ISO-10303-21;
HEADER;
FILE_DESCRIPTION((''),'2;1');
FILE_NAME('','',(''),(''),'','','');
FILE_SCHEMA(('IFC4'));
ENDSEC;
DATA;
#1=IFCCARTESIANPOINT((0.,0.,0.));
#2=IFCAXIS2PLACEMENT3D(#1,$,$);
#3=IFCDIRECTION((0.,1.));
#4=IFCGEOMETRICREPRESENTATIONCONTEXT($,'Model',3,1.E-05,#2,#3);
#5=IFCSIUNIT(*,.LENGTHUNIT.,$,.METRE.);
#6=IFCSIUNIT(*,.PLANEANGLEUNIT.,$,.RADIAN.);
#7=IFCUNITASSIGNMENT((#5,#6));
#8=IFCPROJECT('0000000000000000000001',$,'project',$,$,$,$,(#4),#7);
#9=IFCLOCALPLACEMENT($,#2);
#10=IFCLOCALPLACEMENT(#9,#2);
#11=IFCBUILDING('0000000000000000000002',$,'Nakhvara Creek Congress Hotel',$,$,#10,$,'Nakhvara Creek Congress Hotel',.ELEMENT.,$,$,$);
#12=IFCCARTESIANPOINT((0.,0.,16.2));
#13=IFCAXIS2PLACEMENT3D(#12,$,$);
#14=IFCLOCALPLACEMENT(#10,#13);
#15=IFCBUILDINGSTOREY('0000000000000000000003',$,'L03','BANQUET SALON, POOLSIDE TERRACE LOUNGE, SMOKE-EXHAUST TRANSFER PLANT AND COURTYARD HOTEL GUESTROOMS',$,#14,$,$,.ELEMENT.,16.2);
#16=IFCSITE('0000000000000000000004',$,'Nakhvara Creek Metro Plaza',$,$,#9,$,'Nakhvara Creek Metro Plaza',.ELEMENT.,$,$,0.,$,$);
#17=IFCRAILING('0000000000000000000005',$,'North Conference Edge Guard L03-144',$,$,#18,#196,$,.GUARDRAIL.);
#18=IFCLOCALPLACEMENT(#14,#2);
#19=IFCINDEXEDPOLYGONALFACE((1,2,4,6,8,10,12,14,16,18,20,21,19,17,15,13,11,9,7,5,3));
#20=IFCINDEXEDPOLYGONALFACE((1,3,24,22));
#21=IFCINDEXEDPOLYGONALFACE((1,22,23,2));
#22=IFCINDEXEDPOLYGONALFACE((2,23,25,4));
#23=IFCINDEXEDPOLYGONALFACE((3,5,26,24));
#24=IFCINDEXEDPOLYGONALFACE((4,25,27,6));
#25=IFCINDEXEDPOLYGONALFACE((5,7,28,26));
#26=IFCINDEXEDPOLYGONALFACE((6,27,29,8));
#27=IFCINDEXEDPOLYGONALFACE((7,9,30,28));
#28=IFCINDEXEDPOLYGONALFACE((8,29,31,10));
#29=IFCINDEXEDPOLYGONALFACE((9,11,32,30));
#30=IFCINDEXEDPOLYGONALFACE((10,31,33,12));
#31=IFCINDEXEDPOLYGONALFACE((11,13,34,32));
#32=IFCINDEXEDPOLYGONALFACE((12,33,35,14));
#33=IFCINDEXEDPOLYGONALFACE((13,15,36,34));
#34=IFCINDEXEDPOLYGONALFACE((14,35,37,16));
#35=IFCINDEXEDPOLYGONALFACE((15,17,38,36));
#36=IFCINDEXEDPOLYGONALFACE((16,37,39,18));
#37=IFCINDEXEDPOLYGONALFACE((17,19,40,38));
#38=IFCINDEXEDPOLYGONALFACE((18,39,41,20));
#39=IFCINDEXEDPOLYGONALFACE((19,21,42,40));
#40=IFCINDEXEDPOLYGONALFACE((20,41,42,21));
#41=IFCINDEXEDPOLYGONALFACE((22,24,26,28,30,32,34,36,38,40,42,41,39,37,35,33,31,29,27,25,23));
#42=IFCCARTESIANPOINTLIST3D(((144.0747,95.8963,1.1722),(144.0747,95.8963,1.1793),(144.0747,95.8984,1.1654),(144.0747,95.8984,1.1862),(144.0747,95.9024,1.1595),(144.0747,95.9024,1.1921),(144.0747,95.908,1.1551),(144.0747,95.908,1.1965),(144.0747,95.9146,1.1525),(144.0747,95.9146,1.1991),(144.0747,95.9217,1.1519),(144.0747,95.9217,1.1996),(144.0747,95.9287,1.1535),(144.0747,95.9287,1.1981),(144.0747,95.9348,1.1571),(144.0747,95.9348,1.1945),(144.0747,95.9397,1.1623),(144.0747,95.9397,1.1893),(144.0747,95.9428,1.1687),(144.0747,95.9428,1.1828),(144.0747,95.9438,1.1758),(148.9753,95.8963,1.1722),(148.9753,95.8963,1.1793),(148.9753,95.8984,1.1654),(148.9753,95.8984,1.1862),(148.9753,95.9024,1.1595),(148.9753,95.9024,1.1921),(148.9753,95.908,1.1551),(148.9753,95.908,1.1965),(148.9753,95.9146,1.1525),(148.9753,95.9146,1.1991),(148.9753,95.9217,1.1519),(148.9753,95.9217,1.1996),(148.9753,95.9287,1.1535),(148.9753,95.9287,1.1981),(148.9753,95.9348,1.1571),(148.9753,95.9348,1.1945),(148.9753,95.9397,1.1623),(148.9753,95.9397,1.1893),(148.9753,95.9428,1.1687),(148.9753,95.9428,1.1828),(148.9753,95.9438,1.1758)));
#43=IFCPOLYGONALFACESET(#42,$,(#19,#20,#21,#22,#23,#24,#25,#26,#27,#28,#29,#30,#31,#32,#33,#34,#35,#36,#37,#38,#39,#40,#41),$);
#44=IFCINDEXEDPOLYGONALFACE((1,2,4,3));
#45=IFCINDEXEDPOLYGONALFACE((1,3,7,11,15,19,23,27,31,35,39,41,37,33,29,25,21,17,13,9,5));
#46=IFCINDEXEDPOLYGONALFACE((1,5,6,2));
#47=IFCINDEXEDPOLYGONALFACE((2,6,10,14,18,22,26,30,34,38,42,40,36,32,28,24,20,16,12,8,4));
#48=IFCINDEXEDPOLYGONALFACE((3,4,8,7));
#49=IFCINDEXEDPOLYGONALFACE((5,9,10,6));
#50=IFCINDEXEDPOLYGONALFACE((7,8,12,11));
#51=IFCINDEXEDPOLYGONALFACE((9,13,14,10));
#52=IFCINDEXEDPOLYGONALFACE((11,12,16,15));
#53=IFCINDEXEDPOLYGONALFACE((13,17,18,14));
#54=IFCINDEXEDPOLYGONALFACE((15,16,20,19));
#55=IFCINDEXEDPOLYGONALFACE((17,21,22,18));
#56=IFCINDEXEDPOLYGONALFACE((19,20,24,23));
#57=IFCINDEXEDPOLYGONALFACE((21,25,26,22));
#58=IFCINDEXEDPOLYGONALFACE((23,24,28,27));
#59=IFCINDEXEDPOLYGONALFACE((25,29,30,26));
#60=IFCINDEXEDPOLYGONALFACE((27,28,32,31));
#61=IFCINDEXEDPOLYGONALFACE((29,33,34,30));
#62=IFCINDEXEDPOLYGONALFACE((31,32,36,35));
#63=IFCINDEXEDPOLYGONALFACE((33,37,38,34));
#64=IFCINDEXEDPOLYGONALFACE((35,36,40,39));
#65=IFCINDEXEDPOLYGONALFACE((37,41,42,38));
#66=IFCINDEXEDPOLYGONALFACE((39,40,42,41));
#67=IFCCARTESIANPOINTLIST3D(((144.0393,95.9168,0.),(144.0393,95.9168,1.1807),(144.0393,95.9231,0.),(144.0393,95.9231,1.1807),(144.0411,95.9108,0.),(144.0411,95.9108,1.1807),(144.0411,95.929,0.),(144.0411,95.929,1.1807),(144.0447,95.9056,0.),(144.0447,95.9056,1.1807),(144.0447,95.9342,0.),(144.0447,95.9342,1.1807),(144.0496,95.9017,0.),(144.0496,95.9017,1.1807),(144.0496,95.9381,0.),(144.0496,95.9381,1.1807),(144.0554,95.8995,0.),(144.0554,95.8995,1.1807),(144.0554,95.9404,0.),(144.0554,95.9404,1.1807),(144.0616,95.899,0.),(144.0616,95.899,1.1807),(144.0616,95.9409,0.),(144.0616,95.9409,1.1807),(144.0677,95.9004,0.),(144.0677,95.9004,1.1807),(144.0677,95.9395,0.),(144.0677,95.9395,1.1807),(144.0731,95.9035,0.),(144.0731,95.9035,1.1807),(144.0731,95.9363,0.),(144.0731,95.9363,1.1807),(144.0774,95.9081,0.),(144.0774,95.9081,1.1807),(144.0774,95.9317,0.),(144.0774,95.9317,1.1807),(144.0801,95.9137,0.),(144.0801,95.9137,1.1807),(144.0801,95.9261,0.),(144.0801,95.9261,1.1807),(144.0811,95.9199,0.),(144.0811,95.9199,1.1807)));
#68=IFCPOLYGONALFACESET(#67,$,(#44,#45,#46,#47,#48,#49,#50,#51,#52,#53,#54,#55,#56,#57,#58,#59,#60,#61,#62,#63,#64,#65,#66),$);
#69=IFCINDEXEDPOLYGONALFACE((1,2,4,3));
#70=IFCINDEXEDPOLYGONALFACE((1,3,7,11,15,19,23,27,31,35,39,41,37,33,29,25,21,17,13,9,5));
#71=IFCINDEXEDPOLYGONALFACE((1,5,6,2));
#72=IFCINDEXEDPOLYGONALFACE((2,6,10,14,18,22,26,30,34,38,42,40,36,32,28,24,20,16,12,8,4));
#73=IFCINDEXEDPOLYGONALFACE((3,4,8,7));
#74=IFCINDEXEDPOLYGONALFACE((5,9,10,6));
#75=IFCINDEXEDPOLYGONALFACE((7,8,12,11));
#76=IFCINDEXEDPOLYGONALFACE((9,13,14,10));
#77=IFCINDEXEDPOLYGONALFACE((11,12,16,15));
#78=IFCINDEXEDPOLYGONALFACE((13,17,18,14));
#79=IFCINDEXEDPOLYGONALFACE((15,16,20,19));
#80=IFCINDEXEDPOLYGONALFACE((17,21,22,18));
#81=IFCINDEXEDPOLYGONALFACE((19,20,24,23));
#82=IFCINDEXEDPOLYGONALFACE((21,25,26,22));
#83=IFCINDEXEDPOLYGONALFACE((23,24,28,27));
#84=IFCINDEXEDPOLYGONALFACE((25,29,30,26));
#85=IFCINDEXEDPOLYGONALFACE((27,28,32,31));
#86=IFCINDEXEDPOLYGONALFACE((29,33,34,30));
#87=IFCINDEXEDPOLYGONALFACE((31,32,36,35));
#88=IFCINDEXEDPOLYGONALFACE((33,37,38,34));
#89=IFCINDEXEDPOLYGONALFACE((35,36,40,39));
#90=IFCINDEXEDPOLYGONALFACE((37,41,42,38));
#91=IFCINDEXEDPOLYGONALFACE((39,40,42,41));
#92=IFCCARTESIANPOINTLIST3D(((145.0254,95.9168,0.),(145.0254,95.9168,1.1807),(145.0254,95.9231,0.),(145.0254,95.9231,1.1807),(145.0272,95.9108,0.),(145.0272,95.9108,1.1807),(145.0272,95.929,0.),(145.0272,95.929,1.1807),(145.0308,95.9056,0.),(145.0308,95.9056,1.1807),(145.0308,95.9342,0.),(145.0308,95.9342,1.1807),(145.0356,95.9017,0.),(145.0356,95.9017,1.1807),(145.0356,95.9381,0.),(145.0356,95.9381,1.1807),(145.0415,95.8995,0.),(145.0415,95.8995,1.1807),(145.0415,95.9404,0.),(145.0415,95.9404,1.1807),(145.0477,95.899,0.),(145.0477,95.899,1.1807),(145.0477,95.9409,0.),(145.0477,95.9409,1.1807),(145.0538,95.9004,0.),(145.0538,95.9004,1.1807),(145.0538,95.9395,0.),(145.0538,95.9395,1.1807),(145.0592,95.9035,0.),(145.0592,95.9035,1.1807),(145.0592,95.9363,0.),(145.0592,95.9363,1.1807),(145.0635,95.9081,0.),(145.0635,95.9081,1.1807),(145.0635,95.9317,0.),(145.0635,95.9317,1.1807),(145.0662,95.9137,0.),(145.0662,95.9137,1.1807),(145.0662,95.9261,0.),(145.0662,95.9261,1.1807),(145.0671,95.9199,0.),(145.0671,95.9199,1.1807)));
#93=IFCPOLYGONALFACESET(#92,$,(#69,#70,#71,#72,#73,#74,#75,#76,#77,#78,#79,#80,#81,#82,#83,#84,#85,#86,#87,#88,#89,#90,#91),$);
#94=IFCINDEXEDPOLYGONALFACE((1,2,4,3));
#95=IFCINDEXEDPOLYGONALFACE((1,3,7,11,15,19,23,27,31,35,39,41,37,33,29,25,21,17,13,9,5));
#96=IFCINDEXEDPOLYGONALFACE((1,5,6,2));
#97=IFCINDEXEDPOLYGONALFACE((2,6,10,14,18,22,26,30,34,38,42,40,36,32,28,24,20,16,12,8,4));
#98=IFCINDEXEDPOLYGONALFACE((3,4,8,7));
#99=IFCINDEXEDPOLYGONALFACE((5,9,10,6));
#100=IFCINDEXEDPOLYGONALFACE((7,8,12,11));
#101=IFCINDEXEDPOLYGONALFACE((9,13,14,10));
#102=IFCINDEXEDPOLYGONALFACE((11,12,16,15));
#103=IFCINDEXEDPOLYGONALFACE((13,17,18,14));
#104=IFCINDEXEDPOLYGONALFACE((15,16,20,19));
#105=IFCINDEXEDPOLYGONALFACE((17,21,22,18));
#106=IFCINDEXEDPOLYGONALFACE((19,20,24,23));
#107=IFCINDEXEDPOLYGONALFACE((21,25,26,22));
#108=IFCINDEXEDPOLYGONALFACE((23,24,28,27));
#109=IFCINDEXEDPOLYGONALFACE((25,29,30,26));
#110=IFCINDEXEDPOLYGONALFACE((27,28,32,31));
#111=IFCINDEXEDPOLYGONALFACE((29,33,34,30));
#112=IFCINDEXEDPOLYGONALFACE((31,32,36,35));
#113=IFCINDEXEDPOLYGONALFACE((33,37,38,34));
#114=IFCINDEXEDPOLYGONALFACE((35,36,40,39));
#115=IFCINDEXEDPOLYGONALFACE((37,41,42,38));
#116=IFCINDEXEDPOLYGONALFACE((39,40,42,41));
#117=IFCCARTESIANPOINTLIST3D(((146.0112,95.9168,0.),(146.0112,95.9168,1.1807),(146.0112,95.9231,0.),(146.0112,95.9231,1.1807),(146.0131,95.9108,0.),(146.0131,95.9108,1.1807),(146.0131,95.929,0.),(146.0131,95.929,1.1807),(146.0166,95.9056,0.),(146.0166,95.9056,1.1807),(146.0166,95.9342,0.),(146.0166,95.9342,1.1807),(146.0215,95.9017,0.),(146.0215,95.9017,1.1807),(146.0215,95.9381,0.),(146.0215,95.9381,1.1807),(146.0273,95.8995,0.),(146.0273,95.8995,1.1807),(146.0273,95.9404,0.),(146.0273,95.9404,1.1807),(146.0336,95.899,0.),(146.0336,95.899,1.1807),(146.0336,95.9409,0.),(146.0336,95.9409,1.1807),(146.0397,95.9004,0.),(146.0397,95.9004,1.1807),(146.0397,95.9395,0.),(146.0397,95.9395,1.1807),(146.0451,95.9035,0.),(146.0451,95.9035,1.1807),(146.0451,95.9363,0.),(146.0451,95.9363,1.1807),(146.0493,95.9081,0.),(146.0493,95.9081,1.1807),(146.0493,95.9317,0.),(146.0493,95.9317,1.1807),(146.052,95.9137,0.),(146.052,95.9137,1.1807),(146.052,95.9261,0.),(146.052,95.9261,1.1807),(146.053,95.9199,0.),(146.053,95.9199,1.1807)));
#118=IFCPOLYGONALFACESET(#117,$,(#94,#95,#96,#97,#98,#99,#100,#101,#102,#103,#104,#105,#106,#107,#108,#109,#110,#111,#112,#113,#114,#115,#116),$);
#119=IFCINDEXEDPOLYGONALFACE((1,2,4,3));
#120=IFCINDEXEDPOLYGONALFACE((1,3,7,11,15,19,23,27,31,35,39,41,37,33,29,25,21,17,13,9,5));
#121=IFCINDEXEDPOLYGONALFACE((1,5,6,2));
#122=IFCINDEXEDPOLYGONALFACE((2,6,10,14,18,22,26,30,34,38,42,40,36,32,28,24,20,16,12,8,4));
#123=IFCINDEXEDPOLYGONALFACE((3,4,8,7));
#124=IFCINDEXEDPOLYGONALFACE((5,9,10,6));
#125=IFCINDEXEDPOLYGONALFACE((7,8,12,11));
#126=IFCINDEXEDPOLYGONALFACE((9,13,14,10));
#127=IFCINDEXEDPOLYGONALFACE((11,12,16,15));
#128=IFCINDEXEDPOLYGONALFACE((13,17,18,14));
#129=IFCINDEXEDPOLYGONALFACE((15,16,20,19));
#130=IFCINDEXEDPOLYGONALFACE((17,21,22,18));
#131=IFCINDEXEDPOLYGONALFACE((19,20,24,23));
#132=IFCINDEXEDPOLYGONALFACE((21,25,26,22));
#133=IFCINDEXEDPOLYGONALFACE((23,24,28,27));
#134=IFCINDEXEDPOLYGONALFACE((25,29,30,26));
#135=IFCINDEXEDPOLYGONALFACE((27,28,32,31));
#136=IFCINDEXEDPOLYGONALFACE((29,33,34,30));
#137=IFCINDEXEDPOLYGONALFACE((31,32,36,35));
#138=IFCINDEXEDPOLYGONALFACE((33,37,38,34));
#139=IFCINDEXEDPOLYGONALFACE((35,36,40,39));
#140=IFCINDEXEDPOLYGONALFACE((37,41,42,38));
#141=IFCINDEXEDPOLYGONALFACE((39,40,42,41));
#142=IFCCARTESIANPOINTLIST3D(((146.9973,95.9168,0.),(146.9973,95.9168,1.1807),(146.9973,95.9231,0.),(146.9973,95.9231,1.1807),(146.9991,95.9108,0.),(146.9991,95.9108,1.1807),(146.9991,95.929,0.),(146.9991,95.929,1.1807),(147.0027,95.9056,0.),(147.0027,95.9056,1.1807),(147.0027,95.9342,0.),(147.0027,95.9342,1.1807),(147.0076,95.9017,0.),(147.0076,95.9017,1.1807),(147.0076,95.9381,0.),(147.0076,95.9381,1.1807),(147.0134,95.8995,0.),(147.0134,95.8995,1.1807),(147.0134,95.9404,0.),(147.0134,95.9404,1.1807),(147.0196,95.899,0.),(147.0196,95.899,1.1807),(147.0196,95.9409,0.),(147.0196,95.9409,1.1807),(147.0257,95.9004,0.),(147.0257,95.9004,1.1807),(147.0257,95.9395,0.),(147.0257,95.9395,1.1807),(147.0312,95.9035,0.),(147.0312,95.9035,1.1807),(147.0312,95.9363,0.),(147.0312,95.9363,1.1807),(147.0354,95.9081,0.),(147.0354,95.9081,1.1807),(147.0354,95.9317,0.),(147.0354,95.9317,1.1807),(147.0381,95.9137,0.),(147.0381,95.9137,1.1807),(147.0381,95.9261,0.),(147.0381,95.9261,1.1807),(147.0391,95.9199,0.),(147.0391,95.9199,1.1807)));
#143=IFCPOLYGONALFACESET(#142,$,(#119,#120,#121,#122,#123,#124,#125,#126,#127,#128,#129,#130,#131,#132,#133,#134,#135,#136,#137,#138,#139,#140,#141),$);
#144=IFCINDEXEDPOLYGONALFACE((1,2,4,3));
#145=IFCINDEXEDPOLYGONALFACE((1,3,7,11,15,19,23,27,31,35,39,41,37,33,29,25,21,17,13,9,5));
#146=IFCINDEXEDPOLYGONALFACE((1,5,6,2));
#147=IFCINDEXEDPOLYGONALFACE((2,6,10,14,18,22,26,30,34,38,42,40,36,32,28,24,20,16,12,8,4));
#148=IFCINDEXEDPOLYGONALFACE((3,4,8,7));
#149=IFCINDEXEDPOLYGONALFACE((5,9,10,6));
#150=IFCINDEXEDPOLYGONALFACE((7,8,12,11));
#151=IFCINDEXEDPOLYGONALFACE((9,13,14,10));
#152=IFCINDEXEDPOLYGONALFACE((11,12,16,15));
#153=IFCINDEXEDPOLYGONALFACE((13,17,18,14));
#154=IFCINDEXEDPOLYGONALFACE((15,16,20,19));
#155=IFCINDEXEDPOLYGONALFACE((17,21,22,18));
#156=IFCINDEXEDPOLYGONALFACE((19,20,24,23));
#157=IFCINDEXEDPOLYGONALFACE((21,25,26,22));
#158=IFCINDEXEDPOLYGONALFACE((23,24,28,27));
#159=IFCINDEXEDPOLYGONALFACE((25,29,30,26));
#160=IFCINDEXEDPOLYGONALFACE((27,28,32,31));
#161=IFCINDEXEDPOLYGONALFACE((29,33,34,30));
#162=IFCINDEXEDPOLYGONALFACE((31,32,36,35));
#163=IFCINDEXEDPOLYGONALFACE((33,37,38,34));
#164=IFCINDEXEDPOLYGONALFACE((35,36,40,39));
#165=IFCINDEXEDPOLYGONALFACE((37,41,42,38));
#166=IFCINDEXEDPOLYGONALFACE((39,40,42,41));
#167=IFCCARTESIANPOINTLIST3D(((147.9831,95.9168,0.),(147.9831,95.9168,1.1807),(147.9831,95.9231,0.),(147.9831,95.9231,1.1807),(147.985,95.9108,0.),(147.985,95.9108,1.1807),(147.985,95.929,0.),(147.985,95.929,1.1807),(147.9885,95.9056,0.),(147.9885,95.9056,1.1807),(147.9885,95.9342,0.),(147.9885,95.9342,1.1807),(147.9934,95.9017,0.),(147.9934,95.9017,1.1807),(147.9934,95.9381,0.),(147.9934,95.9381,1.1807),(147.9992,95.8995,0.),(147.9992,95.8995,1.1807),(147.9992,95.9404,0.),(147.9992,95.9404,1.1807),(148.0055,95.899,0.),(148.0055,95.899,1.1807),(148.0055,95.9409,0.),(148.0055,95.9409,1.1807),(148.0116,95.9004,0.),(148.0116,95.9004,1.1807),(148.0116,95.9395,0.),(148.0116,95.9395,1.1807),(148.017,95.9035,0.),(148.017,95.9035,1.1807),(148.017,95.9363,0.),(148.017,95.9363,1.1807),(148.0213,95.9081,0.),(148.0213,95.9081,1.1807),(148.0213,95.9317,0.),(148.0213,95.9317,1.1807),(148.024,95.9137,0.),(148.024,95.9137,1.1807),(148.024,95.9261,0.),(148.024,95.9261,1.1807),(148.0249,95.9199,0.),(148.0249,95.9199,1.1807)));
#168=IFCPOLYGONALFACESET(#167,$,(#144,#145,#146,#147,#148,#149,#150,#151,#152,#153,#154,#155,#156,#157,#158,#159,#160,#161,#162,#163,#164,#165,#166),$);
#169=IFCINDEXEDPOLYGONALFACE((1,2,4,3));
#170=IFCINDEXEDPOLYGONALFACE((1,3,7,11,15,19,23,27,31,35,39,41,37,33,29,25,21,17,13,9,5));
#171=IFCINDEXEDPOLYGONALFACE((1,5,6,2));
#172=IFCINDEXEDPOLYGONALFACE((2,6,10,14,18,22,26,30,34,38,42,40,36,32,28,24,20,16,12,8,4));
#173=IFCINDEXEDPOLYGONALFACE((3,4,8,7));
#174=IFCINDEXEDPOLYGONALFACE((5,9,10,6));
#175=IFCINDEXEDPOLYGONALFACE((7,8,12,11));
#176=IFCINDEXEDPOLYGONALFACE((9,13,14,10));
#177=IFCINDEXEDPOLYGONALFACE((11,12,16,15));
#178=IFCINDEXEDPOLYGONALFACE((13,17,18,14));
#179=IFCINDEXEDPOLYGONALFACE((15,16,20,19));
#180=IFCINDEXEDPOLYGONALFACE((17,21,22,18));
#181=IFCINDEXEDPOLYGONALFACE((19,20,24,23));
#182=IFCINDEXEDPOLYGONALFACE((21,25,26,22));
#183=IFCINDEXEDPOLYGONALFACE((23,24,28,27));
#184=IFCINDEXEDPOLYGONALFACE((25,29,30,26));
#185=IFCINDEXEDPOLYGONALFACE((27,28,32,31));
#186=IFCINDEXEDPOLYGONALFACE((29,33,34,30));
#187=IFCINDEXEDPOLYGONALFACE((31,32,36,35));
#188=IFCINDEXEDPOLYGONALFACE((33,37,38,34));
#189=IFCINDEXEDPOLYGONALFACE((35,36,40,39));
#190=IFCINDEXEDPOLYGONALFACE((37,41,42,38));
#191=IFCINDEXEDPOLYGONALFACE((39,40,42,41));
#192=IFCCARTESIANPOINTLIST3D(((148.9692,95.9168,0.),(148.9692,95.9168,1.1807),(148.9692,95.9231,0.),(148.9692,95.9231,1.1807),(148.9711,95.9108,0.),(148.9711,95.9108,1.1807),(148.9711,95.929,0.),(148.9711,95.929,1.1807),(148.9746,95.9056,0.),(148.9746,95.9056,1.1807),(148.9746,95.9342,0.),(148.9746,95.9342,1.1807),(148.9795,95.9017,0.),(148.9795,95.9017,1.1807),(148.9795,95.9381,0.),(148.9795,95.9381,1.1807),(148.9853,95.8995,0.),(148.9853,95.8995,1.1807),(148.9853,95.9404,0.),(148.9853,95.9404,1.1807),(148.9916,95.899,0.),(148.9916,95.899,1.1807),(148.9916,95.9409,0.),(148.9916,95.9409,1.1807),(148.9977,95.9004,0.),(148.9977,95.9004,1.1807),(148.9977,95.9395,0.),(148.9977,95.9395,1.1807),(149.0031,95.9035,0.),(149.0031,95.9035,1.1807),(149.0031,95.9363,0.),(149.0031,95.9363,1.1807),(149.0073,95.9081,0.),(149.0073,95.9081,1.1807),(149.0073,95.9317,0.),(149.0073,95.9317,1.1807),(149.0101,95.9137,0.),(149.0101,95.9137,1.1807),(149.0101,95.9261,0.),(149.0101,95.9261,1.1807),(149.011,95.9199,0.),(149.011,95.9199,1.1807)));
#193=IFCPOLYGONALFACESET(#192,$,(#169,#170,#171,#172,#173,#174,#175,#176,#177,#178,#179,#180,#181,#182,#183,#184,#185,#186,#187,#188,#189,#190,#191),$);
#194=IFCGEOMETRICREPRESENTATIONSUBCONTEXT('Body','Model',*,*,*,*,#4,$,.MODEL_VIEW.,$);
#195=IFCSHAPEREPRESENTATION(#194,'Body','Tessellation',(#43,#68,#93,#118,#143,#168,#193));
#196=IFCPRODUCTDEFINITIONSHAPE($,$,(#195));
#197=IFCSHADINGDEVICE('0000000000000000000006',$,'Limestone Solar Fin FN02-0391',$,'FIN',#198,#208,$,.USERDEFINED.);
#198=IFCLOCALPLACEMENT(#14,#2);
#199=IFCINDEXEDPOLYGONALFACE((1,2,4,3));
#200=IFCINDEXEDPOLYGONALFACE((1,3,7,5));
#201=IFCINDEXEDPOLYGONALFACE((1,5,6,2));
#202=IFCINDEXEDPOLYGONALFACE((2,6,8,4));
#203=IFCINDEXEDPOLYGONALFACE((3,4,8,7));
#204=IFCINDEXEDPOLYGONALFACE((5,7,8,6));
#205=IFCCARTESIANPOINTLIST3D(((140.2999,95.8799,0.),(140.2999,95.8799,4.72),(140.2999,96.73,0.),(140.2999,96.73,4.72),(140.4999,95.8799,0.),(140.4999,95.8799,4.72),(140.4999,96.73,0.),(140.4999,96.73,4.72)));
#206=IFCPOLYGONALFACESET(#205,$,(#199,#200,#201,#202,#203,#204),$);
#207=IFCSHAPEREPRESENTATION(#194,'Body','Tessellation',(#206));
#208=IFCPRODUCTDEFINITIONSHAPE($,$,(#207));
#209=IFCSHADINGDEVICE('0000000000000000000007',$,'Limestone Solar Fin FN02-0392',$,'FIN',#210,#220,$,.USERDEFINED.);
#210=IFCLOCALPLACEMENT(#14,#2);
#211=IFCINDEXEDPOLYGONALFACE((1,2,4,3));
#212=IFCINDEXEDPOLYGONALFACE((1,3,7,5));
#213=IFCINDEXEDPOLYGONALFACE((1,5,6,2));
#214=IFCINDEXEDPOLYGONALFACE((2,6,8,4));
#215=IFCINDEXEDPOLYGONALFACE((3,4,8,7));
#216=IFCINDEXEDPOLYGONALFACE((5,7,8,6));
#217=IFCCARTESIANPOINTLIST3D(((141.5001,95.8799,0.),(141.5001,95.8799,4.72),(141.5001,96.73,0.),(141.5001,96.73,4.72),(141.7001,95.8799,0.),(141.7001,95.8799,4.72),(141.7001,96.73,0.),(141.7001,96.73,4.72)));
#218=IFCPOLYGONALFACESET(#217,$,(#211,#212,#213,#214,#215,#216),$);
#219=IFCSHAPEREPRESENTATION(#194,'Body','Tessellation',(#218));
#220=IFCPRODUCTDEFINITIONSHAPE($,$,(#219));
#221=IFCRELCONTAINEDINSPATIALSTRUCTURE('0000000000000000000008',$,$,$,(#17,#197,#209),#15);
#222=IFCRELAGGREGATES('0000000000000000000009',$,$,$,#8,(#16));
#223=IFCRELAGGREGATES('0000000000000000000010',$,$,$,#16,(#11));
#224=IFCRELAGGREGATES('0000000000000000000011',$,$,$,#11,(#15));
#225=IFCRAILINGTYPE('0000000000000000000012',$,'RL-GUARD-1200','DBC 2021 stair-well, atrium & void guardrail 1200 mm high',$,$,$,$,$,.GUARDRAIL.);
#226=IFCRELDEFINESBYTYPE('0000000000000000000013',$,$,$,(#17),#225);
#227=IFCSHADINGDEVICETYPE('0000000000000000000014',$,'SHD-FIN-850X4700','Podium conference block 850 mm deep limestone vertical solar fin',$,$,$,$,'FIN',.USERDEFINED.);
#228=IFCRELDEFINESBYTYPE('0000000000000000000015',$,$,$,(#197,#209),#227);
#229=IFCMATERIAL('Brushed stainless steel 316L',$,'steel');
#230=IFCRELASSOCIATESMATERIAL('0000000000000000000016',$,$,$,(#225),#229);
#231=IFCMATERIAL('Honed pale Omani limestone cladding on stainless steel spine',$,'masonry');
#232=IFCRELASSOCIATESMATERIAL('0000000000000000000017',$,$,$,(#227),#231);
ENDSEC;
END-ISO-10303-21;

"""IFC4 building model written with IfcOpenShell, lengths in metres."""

from ifc_helpers import new_model, si_unit, direction, frame, origin, origin_2d, place, context, subcontext, project, spatial, rectangle, circle, extrude, material, type_object, element, save


model = new_model("IFC4")

# Units and contexts
model_context = context("Model", 3, precision=1e-05, world=origin(), true_north=direction((0.0, 1.0)))
body_context = subcontext(model_context, "Body", "Model", "MODEL_VIEW")
ifc_project = project(units=[si_unit("LENGTHUNIT", "METRE"), si_unit("PLANEANGLEUNIT", "RADIAN")], contexts=[model_context])

# Site, building, storey
site_placement = place(None, origin())
site = spatial("IfcSite", under=ifc_project, at=site_placement, Name="Nakhvara Creek Metro Plaza", LongName="Nakhvara Creek Metro Plaza", CompositionType="ELEMENT", RefElevation=0.0)
building_placement = place(site_placement, origin())
building = spatial("IfcBuilding", under=site, at=building_placement, Name="Nakhvara Creek Congress Hotel", LongName="Nakhvara Creek Congress Hotel", CompositionType="ELEMENT")
storey_placement = place(building_placement, frame((0.0, 0.0, 16.2)))
storey = spatial("IfcBuildingStorey", under=building, at=storey_placement, Name="L03", Description="BANQUET SALON, POOLSIDE TERRACE LOUNGE, SMOKE-EXHAUST TRANSFER PLANT AND COURTYARD HOTEL GUESTROOMS", CompositionType="ELEMENT", Elevation=16.2)

# Railing
ifc_material_1 = material(Name="Brushed stainless steel 316L", Category="steel")
railing_type = type_object("IfcRailingType", Name="RL-GUARD-1200", Description="DBC 2021 stair-well, atrium & void guardrail 1200 mm high", PredefinedType="GUARDRAIL", material=ifc_material_1)
railing_placement = place(storey_placement, frame((144.0601, 95.9199, 0.0)))
element("IfcRailing", 1, at=railing_placement, inside=storey, type_object=railing_type, Name="North Conference Edge Guard L03-144", PredefinedType="GUARDRAIL", context=body_context, shape_type="SweptSolid", body=[
    extrude(circle(Radius=0.0239, at=origin_2d()), frame((0.0146, 0.0, 1.1758), z_axis=(1.0, 0.0, 0.0), x_axis=(0.0, 1.0, 0.0)), (0.0, 0.0, 1.0), 4.9006),
    extrude(circle(Radius=0.021, at=origin_2d()), origin(), (0.0, 0.0, 1.0), 1.1807),
    extrude(circle(Radius=0.021, at=origin_2d()), frame((0.9861, 0.0, 0.0)), (0.0, 0.0, 1.0), 1.1807),
    extrude(circle(Radius=0.021, at=origin_2d()), frame((1.9719, 0.0, 0.0)), (0.0, 0.0, 1.0), 1.1807),
    extrude(circle(Radius=0.021, at=origin_2d()), frame((2.958, 0.0, 0.0)), (0.0, 0.0, 1.0), 1.1807),
    extrude(circle(Radius=0.021, at=origin_2d()), frame((3.9438, 0.0, 0.0)), (0.0, 0.0, 1.0), 1.1807),
    extrude(circle(Radius=0.021, at=origin_2d()), frame((4.9299, 0.0, 0.0)), (0.0, 0.0, 1.0), 1.1807),
])

# Shading devices
ifc_material_2 = material(Name="Honed pale Omani limestone cladding on stainless steel spine", Category="masonry")
shading_device_type = type_object("IfcShadingDeviceType", Name="SHD-FIN-850X4700", Description="Podium conference block 850 mm deep limestone vertical solar fin", ElementType="FIN", PredefinedType="USERDEFINED", material=ifc_material_2)
for number, where, z_axis, x_axis, name in (
    (2, (140.3999, 96.3049, 0.0), (0.0, 0.0, 1.0), (1.0, 0.0, 0.0), "Limestone Solar Fin FN02-0391"),
    (3, (141.6001, 96.3049, 0.0), (0.0, 0.0, 1.0), (1.0, 0.0, 0.0), "Limestone Solar Fin FN02-0392"),
):
    element("IfcShadingDevice", number, at=place(storey_placement, frame(where, z_axis=z_axis, x_axis=x_axis)), inside=storey, type_object=shading_device_type, Name=name, ObjectType="FIN", PredefinedType="USERDEFINED", context=body_context, shape_type="SweptSolid", body=[
        extrude(rectangle(XDim=0.2, YDim=0.8501, at=origin_2d()), origin(), (0.0, 0.0, 1.0), 4.72),
    ])

save(model, "model.ifc")
